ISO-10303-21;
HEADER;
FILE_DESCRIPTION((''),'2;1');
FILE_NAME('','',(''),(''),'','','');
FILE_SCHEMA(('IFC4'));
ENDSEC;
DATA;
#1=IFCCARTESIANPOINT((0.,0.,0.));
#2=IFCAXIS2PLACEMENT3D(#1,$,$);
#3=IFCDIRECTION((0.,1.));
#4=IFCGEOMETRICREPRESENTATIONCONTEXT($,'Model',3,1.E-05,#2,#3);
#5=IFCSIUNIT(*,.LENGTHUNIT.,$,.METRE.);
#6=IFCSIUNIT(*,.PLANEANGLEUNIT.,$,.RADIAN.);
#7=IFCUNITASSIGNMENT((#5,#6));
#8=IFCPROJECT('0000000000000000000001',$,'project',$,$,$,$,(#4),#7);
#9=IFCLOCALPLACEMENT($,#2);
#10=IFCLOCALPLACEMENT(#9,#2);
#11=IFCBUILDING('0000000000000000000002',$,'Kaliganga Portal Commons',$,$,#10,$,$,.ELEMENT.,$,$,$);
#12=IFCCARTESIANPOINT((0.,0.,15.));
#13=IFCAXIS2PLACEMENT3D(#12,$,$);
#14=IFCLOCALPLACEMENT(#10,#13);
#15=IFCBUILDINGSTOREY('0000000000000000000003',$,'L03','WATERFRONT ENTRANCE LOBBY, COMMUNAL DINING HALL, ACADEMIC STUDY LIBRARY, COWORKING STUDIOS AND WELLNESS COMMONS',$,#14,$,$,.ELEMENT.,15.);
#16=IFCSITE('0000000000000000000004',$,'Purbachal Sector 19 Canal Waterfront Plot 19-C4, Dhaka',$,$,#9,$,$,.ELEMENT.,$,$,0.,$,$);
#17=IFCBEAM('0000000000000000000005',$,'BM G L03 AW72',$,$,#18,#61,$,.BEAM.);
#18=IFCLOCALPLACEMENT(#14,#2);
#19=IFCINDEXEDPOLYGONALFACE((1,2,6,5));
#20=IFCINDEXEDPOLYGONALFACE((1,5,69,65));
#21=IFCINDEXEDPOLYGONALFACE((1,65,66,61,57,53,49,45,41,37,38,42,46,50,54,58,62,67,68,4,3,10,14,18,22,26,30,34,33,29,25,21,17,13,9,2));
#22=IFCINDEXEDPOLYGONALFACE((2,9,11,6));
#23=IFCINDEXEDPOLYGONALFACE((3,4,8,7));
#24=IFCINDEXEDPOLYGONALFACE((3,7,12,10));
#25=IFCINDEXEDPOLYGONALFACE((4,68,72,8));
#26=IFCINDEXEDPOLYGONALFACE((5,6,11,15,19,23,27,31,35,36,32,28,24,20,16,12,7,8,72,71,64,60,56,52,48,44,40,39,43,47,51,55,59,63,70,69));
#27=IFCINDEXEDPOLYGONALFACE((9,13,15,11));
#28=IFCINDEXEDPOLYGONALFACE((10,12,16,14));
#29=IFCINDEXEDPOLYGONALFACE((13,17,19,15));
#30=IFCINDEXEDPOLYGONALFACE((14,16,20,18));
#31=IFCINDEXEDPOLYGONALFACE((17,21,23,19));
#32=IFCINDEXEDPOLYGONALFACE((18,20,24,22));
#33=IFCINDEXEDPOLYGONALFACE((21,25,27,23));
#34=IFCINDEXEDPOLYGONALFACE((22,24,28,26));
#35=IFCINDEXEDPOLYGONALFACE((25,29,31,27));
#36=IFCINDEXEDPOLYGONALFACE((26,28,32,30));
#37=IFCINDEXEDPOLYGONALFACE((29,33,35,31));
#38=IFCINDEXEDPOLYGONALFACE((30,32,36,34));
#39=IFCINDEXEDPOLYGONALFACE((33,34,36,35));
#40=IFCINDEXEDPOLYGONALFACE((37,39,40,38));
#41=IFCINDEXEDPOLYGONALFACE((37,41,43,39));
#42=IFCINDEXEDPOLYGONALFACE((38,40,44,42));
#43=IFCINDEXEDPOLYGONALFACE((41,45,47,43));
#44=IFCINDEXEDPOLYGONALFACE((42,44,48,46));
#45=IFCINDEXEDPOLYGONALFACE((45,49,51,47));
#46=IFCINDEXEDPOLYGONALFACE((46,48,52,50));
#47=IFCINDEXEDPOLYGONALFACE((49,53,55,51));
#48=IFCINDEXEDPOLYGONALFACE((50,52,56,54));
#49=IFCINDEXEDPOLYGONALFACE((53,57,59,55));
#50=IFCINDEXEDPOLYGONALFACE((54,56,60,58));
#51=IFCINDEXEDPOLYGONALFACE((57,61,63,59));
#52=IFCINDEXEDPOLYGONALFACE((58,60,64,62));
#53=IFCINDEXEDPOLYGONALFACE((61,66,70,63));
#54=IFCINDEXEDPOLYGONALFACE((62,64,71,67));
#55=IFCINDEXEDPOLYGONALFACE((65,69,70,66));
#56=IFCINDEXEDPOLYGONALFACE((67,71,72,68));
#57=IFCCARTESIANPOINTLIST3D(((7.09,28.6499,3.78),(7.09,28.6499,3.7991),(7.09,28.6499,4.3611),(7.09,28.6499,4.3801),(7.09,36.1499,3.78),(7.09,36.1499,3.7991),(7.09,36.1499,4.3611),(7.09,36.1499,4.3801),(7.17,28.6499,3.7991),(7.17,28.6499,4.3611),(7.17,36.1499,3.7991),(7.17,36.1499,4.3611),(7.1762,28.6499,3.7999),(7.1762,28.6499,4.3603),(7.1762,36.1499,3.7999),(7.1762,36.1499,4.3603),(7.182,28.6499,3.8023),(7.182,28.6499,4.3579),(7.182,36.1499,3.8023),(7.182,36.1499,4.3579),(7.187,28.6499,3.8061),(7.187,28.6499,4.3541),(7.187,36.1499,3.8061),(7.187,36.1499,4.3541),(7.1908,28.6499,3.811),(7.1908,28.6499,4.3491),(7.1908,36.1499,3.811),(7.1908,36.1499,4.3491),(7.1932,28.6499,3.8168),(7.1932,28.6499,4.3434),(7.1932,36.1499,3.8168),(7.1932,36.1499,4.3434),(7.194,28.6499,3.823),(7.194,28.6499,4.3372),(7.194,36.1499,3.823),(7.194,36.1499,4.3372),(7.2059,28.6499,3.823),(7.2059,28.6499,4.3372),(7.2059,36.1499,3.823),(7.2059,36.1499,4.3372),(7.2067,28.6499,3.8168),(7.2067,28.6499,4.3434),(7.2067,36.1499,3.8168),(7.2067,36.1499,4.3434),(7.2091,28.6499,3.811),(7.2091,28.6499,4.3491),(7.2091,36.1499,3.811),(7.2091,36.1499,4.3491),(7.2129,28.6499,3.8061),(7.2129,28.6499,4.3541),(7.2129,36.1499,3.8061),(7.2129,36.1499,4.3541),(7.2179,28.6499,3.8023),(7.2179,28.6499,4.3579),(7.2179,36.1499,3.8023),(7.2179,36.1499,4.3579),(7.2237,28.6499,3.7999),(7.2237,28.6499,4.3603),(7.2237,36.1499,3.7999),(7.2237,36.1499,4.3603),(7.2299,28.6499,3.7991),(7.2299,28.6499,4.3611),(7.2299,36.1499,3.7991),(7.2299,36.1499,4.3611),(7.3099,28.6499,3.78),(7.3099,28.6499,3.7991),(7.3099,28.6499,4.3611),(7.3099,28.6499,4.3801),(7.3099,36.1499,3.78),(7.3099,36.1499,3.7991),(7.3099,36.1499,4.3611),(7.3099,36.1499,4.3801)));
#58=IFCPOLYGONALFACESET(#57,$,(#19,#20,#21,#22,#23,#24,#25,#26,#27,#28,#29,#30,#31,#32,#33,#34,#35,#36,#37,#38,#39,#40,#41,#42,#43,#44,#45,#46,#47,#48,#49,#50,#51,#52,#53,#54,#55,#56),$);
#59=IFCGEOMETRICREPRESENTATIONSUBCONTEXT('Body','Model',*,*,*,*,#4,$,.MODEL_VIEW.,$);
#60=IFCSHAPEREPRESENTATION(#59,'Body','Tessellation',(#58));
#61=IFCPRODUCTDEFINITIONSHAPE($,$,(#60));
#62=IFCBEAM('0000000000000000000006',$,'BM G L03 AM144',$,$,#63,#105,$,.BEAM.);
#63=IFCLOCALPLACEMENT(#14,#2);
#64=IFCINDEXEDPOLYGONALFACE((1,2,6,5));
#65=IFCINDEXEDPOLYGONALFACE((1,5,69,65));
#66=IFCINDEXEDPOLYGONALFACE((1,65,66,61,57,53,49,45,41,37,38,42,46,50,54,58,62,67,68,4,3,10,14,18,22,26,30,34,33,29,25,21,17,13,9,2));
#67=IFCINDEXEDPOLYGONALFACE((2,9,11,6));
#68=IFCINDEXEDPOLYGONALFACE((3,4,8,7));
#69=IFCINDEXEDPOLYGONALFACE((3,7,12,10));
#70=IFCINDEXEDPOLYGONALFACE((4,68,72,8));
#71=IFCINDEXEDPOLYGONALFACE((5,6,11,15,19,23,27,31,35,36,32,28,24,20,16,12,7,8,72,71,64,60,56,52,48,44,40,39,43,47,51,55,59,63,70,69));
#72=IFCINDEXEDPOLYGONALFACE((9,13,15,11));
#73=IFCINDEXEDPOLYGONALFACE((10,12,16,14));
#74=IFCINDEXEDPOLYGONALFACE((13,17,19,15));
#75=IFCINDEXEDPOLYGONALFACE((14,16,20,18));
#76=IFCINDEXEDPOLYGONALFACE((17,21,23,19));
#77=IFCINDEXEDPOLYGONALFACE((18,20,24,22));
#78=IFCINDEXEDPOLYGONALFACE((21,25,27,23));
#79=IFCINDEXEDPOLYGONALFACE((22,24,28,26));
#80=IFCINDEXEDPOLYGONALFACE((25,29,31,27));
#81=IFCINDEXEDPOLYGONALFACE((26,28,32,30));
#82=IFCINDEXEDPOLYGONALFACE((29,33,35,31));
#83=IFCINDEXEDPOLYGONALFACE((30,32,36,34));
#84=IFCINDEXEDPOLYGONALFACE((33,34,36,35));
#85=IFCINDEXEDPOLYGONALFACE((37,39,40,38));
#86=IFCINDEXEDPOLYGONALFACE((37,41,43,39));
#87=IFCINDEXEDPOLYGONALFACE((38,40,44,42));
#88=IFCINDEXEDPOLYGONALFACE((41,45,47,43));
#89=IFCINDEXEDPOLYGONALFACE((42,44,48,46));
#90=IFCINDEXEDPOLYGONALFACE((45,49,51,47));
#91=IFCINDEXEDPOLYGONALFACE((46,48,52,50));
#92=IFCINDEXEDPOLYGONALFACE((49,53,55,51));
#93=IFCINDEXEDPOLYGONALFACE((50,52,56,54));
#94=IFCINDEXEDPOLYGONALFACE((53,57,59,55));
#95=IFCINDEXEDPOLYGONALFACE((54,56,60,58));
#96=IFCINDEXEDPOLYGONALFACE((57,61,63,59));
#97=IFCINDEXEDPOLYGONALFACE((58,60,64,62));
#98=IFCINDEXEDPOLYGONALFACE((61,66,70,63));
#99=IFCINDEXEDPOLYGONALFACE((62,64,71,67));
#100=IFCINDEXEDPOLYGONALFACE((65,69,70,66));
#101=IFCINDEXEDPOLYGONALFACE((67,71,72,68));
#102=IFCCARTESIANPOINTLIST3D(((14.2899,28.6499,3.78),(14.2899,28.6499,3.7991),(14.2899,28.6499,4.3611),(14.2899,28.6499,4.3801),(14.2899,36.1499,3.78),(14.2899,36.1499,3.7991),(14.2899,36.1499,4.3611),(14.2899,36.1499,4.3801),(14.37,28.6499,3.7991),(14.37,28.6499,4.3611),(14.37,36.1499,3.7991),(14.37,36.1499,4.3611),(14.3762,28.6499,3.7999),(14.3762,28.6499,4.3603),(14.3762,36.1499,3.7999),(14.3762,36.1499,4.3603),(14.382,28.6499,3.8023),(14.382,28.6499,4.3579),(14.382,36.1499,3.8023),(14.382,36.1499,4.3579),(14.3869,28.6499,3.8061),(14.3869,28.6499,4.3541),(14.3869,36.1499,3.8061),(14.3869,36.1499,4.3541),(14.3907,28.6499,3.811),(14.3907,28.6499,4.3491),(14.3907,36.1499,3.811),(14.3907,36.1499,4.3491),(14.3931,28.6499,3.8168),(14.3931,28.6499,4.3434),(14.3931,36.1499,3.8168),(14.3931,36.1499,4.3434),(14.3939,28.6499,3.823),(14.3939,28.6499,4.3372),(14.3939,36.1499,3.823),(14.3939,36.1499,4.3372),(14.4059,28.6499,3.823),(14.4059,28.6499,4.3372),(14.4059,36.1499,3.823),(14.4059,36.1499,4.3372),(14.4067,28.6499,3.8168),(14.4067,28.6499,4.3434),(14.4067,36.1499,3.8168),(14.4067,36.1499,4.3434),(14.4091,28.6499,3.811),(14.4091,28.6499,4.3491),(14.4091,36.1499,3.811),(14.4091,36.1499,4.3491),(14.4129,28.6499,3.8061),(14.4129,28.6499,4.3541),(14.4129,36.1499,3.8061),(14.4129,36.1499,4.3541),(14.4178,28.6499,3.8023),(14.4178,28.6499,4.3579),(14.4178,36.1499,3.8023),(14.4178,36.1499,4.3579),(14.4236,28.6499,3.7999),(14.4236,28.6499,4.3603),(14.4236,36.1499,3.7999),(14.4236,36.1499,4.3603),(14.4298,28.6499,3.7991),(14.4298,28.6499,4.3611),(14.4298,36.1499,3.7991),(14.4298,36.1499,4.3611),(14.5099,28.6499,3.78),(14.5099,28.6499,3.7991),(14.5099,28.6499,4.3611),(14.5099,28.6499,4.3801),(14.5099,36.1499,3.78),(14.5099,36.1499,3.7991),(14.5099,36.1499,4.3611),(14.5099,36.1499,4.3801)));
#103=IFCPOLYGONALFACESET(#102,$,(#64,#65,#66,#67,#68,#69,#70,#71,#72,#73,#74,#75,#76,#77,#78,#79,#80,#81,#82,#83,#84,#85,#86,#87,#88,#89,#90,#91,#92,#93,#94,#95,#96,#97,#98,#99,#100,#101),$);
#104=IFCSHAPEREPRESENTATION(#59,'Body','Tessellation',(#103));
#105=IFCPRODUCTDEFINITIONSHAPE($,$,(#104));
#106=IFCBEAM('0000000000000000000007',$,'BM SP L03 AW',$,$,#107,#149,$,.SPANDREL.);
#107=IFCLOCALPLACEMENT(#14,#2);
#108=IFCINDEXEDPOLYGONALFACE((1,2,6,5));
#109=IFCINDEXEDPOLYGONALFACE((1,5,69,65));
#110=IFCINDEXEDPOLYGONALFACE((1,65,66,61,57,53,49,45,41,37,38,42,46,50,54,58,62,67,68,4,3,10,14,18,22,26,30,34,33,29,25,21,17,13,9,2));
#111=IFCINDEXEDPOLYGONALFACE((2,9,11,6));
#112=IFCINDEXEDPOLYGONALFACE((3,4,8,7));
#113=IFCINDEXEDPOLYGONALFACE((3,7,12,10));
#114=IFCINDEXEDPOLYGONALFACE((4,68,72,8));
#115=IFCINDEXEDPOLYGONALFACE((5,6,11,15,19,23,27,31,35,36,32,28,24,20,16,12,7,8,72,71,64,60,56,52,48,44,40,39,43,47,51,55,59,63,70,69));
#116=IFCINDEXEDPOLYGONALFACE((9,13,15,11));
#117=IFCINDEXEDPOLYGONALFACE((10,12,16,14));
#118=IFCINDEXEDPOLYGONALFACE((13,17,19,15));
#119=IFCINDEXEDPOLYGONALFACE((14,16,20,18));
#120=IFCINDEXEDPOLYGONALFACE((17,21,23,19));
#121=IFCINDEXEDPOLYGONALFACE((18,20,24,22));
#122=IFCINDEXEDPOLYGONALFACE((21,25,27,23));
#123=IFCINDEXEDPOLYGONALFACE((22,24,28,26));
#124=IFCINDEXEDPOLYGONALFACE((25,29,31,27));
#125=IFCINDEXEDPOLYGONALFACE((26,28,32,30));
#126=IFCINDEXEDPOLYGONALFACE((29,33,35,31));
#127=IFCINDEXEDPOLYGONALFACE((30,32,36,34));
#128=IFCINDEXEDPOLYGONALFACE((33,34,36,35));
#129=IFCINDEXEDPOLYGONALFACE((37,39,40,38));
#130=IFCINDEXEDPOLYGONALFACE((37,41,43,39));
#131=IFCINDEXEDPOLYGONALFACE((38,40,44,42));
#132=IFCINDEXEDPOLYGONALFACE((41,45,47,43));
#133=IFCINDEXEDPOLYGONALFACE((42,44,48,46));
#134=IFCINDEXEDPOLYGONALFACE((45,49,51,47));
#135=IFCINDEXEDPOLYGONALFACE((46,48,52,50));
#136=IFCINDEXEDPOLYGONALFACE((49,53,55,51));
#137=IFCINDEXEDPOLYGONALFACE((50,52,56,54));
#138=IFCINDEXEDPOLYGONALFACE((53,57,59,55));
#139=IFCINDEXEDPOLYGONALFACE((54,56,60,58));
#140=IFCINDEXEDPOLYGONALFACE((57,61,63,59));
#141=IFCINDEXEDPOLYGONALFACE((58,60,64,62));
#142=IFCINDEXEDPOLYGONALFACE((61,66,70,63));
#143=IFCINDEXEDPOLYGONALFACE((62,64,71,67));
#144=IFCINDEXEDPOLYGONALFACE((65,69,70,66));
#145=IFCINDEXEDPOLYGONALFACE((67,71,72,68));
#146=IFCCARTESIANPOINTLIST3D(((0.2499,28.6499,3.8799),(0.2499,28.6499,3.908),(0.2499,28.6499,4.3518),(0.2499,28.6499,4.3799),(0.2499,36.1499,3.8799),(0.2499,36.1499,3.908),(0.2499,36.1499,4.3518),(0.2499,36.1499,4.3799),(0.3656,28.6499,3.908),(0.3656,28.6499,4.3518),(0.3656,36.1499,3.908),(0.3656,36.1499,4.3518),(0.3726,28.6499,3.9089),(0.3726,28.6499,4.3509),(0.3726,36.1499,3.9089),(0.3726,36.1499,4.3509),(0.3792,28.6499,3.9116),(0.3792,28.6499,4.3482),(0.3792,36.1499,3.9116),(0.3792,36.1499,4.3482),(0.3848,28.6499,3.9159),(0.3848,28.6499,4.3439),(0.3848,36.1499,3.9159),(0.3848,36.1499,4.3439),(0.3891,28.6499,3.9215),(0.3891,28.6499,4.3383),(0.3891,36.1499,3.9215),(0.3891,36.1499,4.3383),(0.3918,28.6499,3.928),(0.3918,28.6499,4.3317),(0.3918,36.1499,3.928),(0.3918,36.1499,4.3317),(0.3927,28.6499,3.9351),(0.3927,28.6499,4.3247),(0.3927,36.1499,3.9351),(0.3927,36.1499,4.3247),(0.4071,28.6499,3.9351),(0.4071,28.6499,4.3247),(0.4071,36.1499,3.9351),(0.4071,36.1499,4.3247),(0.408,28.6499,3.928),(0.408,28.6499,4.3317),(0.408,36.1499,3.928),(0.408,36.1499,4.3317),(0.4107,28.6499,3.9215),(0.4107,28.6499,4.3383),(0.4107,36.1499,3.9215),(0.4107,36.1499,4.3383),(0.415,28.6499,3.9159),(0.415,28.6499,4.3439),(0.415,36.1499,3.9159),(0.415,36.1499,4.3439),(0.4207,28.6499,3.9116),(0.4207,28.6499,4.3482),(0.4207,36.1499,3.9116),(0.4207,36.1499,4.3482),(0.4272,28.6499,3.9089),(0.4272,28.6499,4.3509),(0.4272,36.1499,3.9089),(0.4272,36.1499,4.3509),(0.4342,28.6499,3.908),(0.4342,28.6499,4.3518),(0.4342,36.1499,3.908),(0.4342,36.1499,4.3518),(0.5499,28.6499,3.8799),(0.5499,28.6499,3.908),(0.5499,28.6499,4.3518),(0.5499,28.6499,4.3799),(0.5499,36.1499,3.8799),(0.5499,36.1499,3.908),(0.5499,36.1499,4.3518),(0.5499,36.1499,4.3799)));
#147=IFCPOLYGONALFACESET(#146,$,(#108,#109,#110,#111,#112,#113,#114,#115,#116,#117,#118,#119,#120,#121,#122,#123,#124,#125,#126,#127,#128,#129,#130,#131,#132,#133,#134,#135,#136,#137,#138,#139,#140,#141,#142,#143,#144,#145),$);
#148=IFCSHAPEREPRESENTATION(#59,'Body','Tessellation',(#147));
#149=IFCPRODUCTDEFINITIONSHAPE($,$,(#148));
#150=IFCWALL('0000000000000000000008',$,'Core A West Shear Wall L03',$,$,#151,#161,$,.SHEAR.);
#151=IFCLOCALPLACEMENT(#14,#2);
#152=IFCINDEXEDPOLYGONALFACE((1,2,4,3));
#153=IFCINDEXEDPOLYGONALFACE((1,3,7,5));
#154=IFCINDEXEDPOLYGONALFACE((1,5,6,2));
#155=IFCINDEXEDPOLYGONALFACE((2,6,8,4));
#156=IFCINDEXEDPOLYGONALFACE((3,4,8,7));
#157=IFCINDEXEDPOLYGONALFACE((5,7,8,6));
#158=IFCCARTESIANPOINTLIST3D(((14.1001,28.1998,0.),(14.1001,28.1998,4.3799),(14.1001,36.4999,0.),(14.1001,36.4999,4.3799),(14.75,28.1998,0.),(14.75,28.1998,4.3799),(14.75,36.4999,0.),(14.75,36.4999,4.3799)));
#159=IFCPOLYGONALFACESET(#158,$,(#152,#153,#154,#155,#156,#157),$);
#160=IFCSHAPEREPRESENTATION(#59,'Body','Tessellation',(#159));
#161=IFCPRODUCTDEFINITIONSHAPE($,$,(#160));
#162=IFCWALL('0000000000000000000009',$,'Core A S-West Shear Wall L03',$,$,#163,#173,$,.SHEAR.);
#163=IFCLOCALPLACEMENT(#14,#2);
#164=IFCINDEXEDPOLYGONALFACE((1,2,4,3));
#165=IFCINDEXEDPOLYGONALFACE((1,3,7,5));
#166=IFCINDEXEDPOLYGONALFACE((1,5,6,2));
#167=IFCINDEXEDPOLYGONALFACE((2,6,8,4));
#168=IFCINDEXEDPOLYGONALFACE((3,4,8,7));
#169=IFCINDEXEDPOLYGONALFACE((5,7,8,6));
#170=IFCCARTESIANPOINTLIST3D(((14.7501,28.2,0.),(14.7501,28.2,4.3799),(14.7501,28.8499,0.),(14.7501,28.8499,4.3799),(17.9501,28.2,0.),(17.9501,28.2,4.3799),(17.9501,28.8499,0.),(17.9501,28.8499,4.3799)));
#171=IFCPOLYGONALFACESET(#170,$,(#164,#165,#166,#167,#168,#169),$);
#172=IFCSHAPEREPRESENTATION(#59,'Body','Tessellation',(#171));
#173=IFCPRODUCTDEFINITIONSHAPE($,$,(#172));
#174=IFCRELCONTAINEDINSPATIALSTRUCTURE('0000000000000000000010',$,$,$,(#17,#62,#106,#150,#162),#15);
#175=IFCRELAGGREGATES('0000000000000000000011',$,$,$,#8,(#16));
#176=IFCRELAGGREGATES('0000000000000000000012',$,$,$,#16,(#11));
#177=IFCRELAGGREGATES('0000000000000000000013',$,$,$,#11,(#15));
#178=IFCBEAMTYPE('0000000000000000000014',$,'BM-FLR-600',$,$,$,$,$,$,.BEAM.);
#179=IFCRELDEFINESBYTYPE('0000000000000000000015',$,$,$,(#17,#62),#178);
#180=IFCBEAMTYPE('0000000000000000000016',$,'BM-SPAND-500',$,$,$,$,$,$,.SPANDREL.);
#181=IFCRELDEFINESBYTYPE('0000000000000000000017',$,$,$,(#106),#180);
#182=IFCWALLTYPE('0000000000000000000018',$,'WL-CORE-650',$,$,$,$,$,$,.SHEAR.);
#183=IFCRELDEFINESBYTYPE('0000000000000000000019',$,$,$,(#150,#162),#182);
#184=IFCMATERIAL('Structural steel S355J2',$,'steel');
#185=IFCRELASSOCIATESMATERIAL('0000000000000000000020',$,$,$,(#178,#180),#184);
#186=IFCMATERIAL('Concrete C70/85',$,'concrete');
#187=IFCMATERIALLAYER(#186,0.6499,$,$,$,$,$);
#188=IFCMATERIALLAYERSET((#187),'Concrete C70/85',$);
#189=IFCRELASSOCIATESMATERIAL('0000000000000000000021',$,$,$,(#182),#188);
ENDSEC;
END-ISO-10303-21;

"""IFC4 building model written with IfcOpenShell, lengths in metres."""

from ifc_helpers import new_model, si_unit, direction, frame, frame_2d, origin, origin_2d, place, context, subcontext, project, spatial, rectangle, i_section, extrude, source, transform, mapped, material, layer, layer_set, material_profile, profile_set, type_object, element, save


model = new_model("IFC4")

# Units and contexts
model_context = context("Model", 3, precision=1e-05, world=origin(), true_north=direction((0.0, 1.0)))
body_context = subcontext(model_context, "Body", "Model", "MODEL_VIEW")
ifc_project = project(units=[si_unit("LENGTHUNIT", "METRE"), si_unit("PLANEANGLEUNIT", "RADIAN")], contexts=[model_context])

# Site, building, storey
site_placement = place(None, origin())
site = spatial("IfcSite", under=ifc_project, at=site_placement, Name="Purbachal Sector 19 Canal Waterfront Plot 19-C4, Dhaka", CompositionType="ELEMENT", RefElevation=0.0)
building_placement = place(site_placement, origin())
building = spatial("IfcBuilding", under=site, at=building_placement, Name="Kaliganga Portal Commons", CompositionType="ELEMENT")
storey_placement = place(building_placement, frame((0.0, 0.0, 15.0)))
storey = spatial("IfcBuildingStorey", under=building, at=storey_placement, Name="L03", Description="WATERFRONT ENTRANCE LOBBY, COMMUNAL DINING HALL, ACADEMIC STUDY LIBRARY, COWORKING STUDIOS AND WELLNESS COMMONS", CompositionType="ELEMENT", Elevation=15.0)

# Shared definitions
ifc_material_1 = material(Name="Concrete C70/85", Category="concrete")

# Beams
ifc_material_2 = material(Name="Structural steel S355J2", Category="steel")
ifc_material_profile_1 = material_profile(ifc_material_2, i_section(OverallWidth=0.22, OverallDepth=0.6001, WebThickness=0.012, FlangeThickness=0.019, FilletRadius=0.0239, at=origin_2d()), Name="IPE 600")
ifc_profile_set_1 = profile_set([ifc_material_profile_1], Name="Structural steel S355J2 wide-flange")
beam_type_1 = type_object("IfcBeamType", Name="BM-FLR-600", PredefinedType="BEAM", material=ifc_profile_set_1)
shared_shape_1 = source(origin(), body_context, "Body", "SweptSolid", [
    extrude(i_section(OverallWidth=0.22, OverallDepth=0.6001, WebThickness=0.012, FlangeThickness=0.019, FilletRadius=0.0239, at=origin_2d()), origin(), (0.0, 0.0, 1.0), 7.5),
])
for number, where, z_axis, x_axis, name in (
    (1, (7.2, 28.6499, 4.0801), (0.0, 1.0, 0.0), (-1.0, 0.0, 0.0), "BM G L03 AW72"),
    (2, (14.3999, 28.6499, 4.0801), (0.0, 1.0, 0.0), (-1.0, 0.0, 0.0), "BM G L03 AM144"),
):
    element("IfcBeam", number, at=place(storey_placement, frame(where, z_axis=z_axis, x_axis=x_axis)), inside=storey, type_object=beam_type_1, Name=name, PredefinedType="BEAM", context=body_context, shape_type="MappedRepresentation", body=[
        mapped(shared_shape_1, transform((0.0, 0.0, 0.0), x_axis=(1.0, 0.0, 0.0), y_axis=(0.0, 1.0, 0.0), z_axis=(0.0, 0.0, 1.0), scale=1.0)),
    ])
ifc_material_profile_2 = material_profile(ifc_material_2, i_section(OverallWidth=0.3, OverallDepth=0.5, WebThickness=0.0144, FlangeThickness=0.0281, FilletRadius=0.0271, at=origin_2d()), Name="HE 500 B")
ifc_profile_set_2 = profile_set([ifc_material_profile_2], Name="Structural steel S355J2 wide-flange")
beam_type_2 = type_object("IfcBeamType", Name="BM-SPAND-500", PredefinedType="SPANDREL", material=ifc_profile_set_2)
shared_shape_2 = source(origin(), body_context, "Body", "SweptSolid", [
    extrude(i_section(OverallWidth=0.3, OverallDepth=0.5, WebThickness=0.0144, FlangeThickness=0.0281, FilletRadius=0.0271, at=origin_2d()), origin(), (0.0, 0.0, 1.0), 7.5),
])
beam_1_placement = place(storey_placement, frame((0.3999, 28.6499, 4.1299), z_axis=(0.0, 1.0, 0.0), x_axis=(-1.0, 0.0, 0.0)))
element("IfcBeam", 3, at=beam_1_placement, inside=storey, type_object=beam_type_2, Name="BM SP L03 AW", PredefinedType="SPANDREL", context=body_context, shape_type="MappedRepresentation", body=[
    mapped(shared_shape_2, transform((0.0, 0.0, 0.0), x_axis=(1.0, 0.0, 0.0), y_axis=(0.0, 1.0, 0.0), z_axis=(0.0, 0.0, 1.0), scale=1.0)),
])

# Walls
ifc_layer_1 = layer(ifc_material_1, 0.6499)
ifc_layer_set_1 = layer_set([ifc_layer_1], Name="Concrete C70/85")
wall_type_1 = type_object("IfcWallType", Name="WL-CORE-650", PredefinedType="SHEAR", material=ifc_layer_set_1)
wall_1_placement = place(storey_placement, frame((14.425, 28.2, 0.0), z_axis=(0.0, 0.0, 1.0), x_axis=(0.0, 1.0, 0.0)))
element("IfcWall", 4, at=wall_1_placement, inside=storey, type_object=wall_type_1, Name="Core A West Shear Wall L03", PredefinedType="SHEAR", context=body_context, shape_type="SweptSolid", body=[
    extrude(rectangle(XDim=8.3, YDim=0.6499, at=frame_2d((4.1499, 0.0))), origin(), (0.0, 0.0, 1.0), 4.3799),
])
wall_2_placement = place(storey_placement, frame((14.75, 28.5249, 0.0), z_axis=(0.0, 0.0, 1.0), x_axis=(1.0, 0.0, 0.0)))
element("IfcWall", 5, at=wall_2_placement, inside=storey, type_object=wall_type_1, Name="Core A S-West Shear Wall L03", PredefinedType="SHEAR", context=body_context, shape_type="SweptSolid", body=[
    extrude(rectangle(XDim=3.2, YDim=0.6499, at=frame_2d((1.6001, 0.0))), origin(), (0.0, 0.0, 1.0), 4.3799),
])

save(model, "model.ifc")
